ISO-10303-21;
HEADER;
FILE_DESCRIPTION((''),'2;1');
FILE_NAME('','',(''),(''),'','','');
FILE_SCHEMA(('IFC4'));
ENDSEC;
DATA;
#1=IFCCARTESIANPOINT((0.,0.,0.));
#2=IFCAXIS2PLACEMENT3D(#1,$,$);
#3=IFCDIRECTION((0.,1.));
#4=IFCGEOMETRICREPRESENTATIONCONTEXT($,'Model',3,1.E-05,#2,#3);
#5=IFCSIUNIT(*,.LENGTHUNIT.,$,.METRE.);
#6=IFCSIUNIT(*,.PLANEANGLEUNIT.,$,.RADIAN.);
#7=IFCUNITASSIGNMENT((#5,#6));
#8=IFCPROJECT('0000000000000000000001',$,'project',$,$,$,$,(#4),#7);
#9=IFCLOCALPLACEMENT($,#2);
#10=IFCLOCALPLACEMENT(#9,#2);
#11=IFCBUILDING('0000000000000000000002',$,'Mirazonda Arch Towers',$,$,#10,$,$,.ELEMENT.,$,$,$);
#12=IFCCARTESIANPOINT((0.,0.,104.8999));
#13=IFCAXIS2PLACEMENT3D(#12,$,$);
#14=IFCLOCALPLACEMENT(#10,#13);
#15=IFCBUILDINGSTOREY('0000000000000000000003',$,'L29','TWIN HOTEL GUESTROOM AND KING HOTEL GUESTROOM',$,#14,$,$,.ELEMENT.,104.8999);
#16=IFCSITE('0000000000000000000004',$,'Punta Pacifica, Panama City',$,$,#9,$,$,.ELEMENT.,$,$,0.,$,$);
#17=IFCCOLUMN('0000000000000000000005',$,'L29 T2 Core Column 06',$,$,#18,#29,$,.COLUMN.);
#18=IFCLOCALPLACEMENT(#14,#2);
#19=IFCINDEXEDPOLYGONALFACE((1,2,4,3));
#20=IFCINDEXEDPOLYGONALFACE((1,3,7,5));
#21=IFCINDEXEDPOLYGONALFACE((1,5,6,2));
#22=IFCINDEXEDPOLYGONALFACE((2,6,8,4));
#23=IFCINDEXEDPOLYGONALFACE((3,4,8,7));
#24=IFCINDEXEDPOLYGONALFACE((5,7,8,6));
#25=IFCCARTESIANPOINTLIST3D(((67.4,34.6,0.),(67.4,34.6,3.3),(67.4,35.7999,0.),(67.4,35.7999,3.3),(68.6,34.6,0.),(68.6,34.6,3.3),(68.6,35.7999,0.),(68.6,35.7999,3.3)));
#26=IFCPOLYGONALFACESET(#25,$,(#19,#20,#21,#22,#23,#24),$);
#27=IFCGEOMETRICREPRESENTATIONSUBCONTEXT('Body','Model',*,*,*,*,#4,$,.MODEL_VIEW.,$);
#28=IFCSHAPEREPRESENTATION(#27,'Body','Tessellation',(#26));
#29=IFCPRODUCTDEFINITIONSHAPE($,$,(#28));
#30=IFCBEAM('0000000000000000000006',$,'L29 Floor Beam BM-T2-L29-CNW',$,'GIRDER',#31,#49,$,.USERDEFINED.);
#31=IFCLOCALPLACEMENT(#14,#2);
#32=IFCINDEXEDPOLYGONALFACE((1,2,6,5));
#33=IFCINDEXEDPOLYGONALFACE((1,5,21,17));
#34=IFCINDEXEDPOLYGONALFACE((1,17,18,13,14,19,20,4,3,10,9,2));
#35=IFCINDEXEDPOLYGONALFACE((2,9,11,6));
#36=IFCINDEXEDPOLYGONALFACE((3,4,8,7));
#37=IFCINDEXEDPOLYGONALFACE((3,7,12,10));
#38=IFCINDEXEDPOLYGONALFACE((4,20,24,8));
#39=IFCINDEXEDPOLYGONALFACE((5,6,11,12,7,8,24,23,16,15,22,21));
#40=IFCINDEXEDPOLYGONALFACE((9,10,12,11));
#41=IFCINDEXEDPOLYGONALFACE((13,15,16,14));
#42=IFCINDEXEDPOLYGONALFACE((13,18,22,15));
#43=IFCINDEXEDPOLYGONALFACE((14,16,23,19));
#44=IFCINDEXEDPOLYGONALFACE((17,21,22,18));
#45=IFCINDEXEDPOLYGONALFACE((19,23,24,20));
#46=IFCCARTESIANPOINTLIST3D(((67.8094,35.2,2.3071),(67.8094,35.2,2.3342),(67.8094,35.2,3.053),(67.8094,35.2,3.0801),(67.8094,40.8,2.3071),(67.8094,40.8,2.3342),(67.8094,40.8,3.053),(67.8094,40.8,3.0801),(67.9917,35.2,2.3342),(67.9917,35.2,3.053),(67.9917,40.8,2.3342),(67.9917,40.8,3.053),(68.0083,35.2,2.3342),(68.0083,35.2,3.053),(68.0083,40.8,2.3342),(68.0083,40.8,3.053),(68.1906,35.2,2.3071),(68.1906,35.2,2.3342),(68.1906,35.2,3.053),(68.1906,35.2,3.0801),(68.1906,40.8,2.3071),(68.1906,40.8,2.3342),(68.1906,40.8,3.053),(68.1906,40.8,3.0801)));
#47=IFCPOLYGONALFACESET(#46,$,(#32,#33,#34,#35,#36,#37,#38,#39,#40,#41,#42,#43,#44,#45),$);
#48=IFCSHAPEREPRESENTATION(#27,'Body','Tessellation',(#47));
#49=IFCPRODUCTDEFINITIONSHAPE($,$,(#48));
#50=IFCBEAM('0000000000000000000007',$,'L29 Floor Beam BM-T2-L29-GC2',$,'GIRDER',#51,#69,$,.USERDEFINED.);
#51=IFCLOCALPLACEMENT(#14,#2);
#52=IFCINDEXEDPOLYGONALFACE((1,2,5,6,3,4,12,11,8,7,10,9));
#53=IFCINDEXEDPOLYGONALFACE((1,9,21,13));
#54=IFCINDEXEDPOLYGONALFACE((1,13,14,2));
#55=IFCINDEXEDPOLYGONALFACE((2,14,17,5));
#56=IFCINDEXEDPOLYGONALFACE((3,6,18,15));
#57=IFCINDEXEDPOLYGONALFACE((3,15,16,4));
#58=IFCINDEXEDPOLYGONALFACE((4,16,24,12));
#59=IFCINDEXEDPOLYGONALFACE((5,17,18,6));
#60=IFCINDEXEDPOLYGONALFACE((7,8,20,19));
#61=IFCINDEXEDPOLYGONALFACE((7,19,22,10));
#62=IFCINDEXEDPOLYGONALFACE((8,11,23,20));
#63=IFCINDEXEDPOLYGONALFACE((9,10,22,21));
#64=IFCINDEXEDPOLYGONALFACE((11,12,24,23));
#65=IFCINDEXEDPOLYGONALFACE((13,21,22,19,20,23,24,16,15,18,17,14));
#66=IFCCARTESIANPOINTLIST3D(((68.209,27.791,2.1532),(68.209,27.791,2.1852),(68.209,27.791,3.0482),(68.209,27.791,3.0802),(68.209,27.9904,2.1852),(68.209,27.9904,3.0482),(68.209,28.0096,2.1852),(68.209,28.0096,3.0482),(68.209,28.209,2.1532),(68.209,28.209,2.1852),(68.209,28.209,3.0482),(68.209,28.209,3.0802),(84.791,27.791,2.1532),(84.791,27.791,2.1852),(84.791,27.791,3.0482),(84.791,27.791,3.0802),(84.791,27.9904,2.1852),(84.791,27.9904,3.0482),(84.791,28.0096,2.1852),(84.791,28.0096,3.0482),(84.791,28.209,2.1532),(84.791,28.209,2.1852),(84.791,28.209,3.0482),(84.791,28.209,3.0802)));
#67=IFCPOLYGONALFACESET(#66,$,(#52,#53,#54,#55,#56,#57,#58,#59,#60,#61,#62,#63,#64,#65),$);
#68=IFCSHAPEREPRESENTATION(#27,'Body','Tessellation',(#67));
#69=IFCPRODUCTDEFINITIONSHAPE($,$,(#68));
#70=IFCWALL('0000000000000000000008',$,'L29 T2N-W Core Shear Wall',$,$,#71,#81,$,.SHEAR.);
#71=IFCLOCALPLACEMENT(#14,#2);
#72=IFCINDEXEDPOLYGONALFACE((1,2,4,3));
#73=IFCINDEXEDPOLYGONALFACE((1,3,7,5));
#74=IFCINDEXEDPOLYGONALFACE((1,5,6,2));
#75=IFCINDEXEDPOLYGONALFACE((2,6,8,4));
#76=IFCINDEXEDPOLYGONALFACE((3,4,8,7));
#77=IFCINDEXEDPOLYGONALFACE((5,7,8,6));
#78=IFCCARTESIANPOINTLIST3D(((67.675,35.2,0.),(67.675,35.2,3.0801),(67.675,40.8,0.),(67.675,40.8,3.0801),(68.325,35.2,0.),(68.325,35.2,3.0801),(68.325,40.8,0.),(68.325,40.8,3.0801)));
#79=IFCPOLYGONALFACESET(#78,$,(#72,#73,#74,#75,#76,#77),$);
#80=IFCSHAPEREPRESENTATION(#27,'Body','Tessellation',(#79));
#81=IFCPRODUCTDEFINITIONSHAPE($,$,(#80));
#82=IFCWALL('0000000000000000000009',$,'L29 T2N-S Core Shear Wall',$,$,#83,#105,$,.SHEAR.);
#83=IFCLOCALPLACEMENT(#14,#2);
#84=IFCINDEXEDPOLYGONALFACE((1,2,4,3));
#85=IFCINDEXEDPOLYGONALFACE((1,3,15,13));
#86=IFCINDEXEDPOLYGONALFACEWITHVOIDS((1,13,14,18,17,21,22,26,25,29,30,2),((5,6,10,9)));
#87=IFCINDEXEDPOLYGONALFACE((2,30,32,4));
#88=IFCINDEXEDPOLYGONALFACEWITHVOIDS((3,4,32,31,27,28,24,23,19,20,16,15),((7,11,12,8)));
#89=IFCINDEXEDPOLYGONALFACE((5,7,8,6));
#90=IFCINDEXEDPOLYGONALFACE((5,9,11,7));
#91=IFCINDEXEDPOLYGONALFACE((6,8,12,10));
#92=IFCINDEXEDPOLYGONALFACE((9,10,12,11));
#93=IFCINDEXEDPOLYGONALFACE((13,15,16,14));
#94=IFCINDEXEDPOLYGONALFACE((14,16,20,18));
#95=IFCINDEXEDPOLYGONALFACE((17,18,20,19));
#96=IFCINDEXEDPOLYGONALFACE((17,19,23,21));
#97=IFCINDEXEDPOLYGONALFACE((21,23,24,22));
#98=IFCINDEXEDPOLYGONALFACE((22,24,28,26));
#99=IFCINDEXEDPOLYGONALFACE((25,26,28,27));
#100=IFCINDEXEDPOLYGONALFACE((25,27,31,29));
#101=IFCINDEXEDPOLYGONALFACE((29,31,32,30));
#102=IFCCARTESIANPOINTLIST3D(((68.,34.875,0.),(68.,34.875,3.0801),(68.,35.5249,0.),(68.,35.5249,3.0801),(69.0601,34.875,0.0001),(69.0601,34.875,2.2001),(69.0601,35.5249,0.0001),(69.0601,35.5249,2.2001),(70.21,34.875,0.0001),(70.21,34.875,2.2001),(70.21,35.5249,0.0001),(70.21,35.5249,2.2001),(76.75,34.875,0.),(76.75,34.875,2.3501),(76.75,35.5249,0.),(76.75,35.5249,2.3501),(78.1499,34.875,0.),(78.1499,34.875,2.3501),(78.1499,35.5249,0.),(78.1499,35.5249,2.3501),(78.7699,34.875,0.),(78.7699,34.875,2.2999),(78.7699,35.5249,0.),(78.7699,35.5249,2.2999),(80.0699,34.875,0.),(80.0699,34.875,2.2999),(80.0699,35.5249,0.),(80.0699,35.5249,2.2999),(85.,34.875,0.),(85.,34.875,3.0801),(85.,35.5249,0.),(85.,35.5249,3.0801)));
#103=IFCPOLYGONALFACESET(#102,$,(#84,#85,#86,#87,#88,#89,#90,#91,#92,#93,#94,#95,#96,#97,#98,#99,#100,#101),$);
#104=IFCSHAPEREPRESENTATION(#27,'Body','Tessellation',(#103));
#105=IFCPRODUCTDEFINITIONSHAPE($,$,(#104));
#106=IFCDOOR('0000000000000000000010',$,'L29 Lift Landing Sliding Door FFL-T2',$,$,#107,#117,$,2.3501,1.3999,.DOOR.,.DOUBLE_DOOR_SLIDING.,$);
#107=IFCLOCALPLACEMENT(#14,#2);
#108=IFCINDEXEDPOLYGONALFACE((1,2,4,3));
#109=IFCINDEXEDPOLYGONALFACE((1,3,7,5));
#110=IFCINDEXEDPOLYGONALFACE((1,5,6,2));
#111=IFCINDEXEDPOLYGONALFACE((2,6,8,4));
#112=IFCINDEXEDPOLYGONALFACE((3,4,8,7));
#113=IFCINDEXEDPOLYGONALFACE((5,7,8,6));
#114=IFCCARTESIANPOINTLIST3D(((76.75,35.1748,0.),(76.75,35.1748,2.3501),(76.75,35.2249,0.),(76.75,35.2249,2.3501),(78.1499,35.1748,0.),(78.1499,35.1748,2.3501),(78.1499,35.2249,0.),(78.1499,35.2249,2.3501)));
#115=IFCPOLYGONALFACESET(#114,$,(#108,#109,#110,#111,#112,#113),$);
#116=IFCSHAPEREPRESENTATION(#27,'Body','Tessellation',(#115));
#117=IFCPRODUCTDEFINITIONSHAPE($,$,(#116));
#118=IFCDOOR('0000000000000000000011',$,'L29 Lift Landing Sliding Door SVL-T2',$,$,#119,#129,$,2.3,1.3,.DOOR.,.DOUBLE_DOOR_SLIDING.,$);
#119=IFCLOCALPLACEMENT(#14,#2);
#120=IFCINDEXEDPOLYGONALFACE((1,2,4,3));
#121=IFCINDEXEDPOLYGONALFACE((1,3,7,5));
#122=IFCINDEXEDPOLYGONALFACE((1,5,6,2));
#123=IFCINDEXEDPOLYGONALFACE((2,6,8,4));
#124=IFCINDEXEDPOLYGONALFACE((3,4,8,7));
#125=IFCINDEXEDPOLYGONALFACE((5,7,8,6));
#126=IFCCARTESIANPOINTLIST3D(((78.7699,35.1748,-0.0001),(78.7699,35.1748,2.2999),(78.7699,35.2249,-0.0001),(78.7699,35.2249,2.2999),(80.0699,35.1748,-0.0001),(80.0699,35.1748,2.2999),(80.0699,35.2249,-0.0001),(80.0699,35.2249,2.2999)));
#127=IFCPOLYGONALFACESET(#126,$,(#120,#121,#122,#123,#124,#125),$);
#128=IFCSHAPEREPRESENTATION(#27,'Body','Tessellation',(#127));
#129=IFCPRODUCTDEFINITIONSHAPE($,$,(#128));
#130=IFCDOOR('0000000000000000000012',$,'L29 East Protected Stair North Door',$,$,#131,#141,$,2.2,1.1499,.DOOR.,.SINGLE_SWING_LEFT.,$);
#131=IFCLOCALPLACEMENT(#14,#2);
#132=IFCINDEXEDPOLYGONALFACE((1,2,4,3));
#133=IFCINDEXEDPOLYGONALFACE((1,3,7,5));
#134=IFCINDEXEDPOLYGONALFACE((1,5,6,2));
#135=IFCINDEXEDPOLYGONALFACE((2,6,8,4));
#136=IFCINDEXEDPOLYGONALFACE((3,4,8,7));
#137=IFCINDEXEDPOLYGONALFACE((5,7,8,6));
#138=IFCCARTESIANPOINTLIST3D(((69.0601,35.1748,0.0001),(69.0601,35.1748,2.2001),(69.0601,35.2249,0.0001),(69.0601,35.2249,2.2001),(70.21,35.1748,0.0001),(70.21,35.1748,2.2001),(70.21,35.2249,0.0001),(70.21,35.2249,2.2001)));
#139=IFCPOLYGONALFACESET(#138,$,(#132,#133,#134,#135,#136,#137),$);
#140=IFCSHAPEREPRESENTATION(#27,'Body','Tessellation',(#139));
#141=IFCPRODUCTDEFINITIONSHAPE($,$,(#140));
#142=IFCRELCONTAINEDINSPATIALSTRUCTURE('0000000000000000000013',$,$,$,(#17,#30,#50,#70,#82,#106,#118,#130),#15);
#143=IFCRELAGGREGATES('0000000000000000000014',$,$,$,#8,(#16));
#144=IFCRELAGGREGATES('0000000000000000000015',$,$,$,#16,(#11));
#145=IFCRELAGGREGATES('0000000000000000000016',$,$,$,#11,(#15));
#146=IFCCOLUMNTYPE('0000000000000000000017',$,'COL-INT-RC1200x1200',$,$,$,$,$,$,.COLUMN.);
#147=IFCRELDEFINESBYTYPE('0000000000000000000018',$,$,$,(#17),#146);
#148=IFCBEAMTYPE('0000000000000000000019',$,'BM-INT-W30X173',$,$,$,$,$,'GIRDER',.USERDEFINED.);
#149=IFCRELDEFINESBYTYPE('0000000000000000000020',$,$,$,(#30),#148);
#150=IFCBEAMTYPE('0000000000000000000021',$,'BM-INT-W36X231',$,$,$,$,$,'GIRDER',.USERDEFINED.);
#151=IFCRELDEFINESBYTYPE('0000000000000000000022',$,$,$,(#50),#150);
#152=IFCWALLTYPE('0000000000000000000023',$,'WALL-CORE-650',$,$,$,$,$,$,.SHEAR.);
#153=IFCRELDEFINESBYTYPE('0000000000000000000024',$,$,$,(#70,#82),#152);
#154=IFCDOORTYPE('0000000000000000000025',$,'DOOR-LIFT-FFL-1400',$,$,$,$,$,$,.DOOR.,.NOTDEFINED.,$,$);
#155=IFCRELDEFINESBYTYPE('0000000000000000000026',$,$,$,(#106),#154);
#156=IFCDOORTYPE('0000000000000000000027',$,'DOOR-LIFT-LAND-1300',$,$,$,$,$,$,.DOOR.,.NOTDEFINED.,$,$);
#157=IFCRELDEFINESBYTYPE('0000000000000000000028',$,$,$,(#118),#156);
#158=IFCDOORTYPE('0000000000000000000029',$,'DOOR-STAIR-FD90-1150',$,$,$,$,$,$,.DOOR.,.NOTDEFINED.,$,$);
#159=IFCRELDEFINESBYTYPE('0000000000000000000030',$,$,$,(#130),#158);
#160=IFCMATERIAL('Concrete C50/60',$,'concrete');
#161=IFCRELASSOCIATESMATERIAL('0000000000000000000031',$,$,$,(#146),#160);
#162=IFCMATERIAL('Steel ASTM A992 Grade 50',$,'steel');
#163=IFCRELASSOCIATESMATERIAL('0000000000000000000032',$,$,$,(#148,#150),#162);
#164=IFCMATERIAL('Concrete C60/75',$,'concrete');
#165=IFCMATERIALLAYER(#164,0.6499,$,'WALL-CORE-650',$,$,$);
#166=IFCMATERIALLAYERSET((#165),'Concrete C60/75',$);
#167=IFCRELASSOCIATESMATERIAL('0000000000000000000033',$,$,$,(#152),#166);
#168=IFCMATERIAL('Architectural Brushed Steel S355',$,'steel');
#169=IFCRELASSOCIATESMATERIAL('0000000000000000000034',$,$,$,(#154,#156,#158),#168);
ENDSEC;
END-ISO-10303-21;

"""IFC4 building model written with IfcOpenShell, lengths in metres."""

from ifc_helpers import new_model, si_unit, direction, frame, frame_2d, origin, origin_2d, place, context, subcontext, project, spatial, rectangle, i_section, extrude, material, layer, layer_set, material_profile, profile_set, type_object, element, fill, save


model = new_model("IFC4")

# Units and contexts
model_context = context("Model", 3, precision=1e-05, world=origin(), true_north=direction((0.0, 1.0)))
body_context = subcontext(model_context, "Body", "Model", "MODEL_VIEW")
ifc_project = project(units=[si_unit("LENGTHUNIT", "METRE"), si_unit("PLANEANGLEUNIT", "RADIAN")], contexts=[model_context])

# Site, building, storey
site_placement = place(None, origin())
site = spatial("IfcSite", under=ifc_project, at=site_placement, Name="Punta Pacifica, Panama City", CompositionType="ELEMENT", RefElevation=0.0)
building_placement = place(site_placement, origin())
building = spatial("IfcBuilding", under=site, at=building_placement, Name="Mirazonda Arch Towers", CompositionType="ELEMENT")
storey_placement = place(building_placement, frame((0.0, 0.0, 104.8999)))
storey = spatial("IfcBuildingStorey", under=building, at=storey_placement, Name="L29", Description="TWIN HOTEL GUESTROOM AND KING HOTEL GUESTROOM", CompositionType="ELEMENT", Elevation=104.8999)

# Column
ifc_material_1 = material(Name="Concrete C50/60", Category="concrete")
ifc_material_profile_1 = material_profile(ifc_material_1, rectangle(XDim=1.2, YDim=1.2, at=origin_2d()), Name="RC1200x1200")
ifc_profile_set_1 = profile_set([ifc_material_profile_1], Name="Concrete C50/60")
column_type = type_object("IfcColumnType", Name="COL-INT-RC1200x1200", PredefinedType="COLUMN", material=ifc_profile_set_1)
column_placement = place(storey_placement, frame((68.0, 35.2, 0.0), z_axis=(0.0, 0.0, 1.0), x_axis=(1.0, 0.0, 0.0)))
element("IfcColumn", 1, at=column_placement, inside=storey, type_object=column_type, Name="L29 T2 Core Column 06", PredefinedType="COLUMN", context=body_context, shape_type="SweptSolid", body=[
    extrude(rectangle(XDim=1.2, YDim=1.2, at=origin_2d()), origin(), (0.0, 0.0, 1.0), 3.3),
])

# Beams
ifc_material_2 = material(Name="Steel ASTM A992 Grade 50", Category="steel")
ifc_material_profile_2 = material_profile(ifc_material_2, i_section(OverallWidth=0.3811, OverallDepth=0.7729, WebThickness=0.0166, FlangeThickness=0.0271, at=origin_2d()), Name="W30X173")
ifc_profile_set_2 = profile_set([ifc_material_profile_2], Name="Steel ASTM A992 Grade 50")
beam_type_1 = type_object("IfcBeamType", Name="BM-INT-W30X173", ElementType="GIRDER", PredefinedType="USERDEFINED", material=ifc_profile_set_2)
beam_1_placement = place(storey_placement, frame((68.0, 35.2, 2.6936), z_axis=(0.0, 1.0, 0.0), x_axis=(-1.0, 0.0, 0.0)))
element("IfcBeam", 2, at=beam_1_placement, inside=storey, type_object=beam_type_1, Name="L29 Floor Beam BM-T2-L29-CNW", ObjectType="GIRDER", PredefinedType="USERDEFINED", context=body_context, shape_type="SweptSolid", body=[
    extrude(i_section(OverallWidth=0.3811, OverallDepth=0.7729, WebThickness=0.0166, FlangeThickness=0.0271, at=origin_2d()), origin(), (0.0, 0.0, 1.0), 5.6001),
])
ifc_material_profile_3 = material_profile(ifc_material_2, i_section(OverallWidth=0.418, OverallDepth=0.927, WebThickness=0.0193, FlangeThickness=0.032, at=origin_2d()), Name="W36X231")
ifc_profile_set_3 = profile_set([ifc_material_profile_3], Name="Steel ASTM A992 Grade 50")
beam_type_2 = type_object("IfcBeamType", Name="BM-INT-W36X231", ElementType="GIRDER", PredefinedType="USERDEFINED", material=ifc_profile_set_3)
beam_2_placement = place(storey_placement, frame((68.209, 28.0, 2.6167), z_axis=(1.0, 0.0, 0.0), x_axis=(0.0, 1.0, 0.0)))
element("IfcBeam", 3, at=beam_2_placement, inside=storey, type_object=beam_type_2, Name="L29 Floor Beam BM-T2-L29-GC2", ObjectType="GIRDER", PredefinedType="USERDEFINED", context=body_context, shape_type="SweptSolid", body=[
    extrude(i_section(OverallWidth=0.418, OverallDepth=0.927, WebThickness=0.0193, FlangeThickness=0.032, at=origin_2d()), origin(), (0.0, 0.0, 1.0), 16.582),
])

# Wall
ifc_material_3 = material(Name="Concrete C60/75", Category="concrete")
ifc_layer_1 = layer(ifc_material_3, 0.6499, Name="WALL-CORE-650")
ifc_layer_set_1 = layer_set([ifc_layer_1], Name="Concrete C60/75")
wall_type_1 = type_object("IfcWallType", Name="WALL-CORE-650", PredefinedType="SHEAR", material=ifc_layer_set_1)
wall_1_placement = place(storey_placement, frame((68.0, 35.2, 0.0), z_axis=(0.0, 0.0, 1.0), x_axis=(0.0, 1.0, 0.0)))
element("IfcWall", 4, at=wall_1_placement, inside=storey, type_object=wall_type_1, Name="L29 T2N-W Core Shear Wall", PredefinedType="SHEAR", context=body_context, shape_type="SweptSolid", body=[
    extrude(rectangle(XDim=5.6001, YDim=0.6499, at=frame_2d((2.8, 0.0))), origin(), (0.0, 0.0, 1.0), 3.0801),
])

# Wall, openings, doors
wall_2_placement = place(storey_placement, frame((68.0, 35.2, 0.0), z_axis=(0.0, 0.0, 1.0), x_axis=(1.0, 0.0, 0.0)))
wall_2 = element("IfcWall", 5, at=wall_2_placement, inside=storey, type_object=wall_type_1, Name="L29 T2N-S Core Shear Wall", PredefinedType="SHEAR", context=body_context, shape_type="SweptSolid", body=[
    extrude(rectangle(XDim=17.0, YDim=0.6499, at=frame_2d((8.5, 0.0))), origin(), (0.0, 0.0, 1.0), 3.0801),
])
opening_1_placement = place(wall_2_placement, frame((1.0601, 0.0, 0.0)))
opening_1 = element("IfcOpeningElement", 6, at=opening_1_placement, cuts=wall_2, PredefinedType="OPENING", context=body_context, shape_type="SweptSolid", body=[
    extrude(rectangle(XDim=1.1499, YDim=2.2, at=frame_2d((0.575, 1.1001))), frame((0.0, 0.335, 0.0), z_axis=(0.0, -1.0, 0.0), x_axis=(1.0, 0.0, 0.0)), (0.0, 0.0, 1.0), 0.6699),
])
opening_2_placement = place(wall_2_placement, frame((8.75, 0.0, 0.0)))
opening_2 = element("IfcOpeningElement", 7, at=opening_2_placement, cuts=wall_2, PredefinedType="OPENING", context=body_context, shape_type="SweptSolid", body=[
    extrude(rectangle(XDim=1.3999, YDim=2.3501, at=frame_2d((0.7, 1.175))), frame((0.0, 0.335, 0.0), z_axis=(0.0, -1.0, 0.0), x_axis=(1.0, 0.0, 0.0)), (0.0, 0.0, 1.0), 0.6699),
])
opening_3_placement = place(wall_2_placement, frame((10.77, 0.0, 0.0)))
opening_3 = element("IfcOpeningElement", 8, at=opening_3_placement, cuts=wall_2, PredefinedType="OPENING", context=body_context, shape_type="SweptSolid", body=[
    extrude(rectangle(XDim=1.3, YDim=2.3, at=frame_2d((0.6499, 1.1499))), frame((0.0, 0.335, 0.0), z_axis=(0.0, -1.0, 0.0), x_axis=(1.0, 0.0, 0.0)), (0.0, 0.0, 1.0), 0.6699),
])
ifc_material_4 = material(Name="Architectural Brushed Steel S355", Category="steel")
door_type_1 = type_object("IfcDoorType", Name="DOOR-LIFT-FFL-1400", OperationType="NOTDEFINED", PredefinedType="DOOR", material=ifc_material_4)
door_1_placement = place(opening_2_placement, origin())
door_1 = element("IfcDoor", 9, at=door_1_placement, inside=storey, type_object=door_type_1, Name="L29 Lift Landing Sliding Door FFL-T2", OperationType="DOUBLE_DOOR_SLIDING", OverallHeight=2.3501, OverallWidth=1.3999, PredefinedType="DOOR", context=body_context, shape_type="SweptSolid", body=[
    extrude(rectangle(XDim=1.3999, YDim=2.3501, at=frame_2d((0.7, 1.175))), frame((0.0, 0.0249, 0.0), z_axis=(0.0, -1.0, 0.0), x_axis=(1.0, 0.0, 0.0)), (0.0, 0.0, 1.0), 0.05),
])
fill(opening_2, door_1)
door_type_2 = type_object("IfcDoorType", Name="DOOR-LIFT-LAND-1300", OperationType="NOTDEFINED", PredefinedType="DOOR", material=ifc_material_4)
door_2_placement = place(opening_3_placement, origin())
door_2 = element("IfcDoor", 10, at=door_2_placement, inside=storey, type_object=door_type_2, Name="L29 Lift Landing Sliding Door SVL-T2", OperationType="DOUBLE_DOOR_SLIDING", OverallHeight=2.3, OverallWidth=1.3, PredefinedType="DOOR", context=body_context, shape_type="SweptSolid", body=[
    extrude(rectangle(XDim=1.3, YDim=2.3, at=frame_2d((0.6499, 1.1499))), frame((0.0, 0.0249, 0.0), z_axis=(0.0, -1.0, 0.0), x_axis=(1.0, 0.0, 0.0)), (0.0, 0.0, 1.0), 0.05),
])
fill(opening_3, door_2)
door_type_3 = type_object("IfcDoorType", Name="DOOR-STAIR-FD90-1150", OperationType="NOTDEFINED", PredefinedType="DOOR", material=ifc_material_4)
door_3_placement = place(opening_1_placement, origin())
door_3 = element("IfcDoor", 11, at=door_3_placement, inside=storey, type_object=door_type_3, Name="L29 East Protected Stair North Door", OperationType="SINGLE_SWING_LEFT", OverallHeight=2.2, OverallWidth=1.1499, PredefinedType="DOOR", context=body_context, shape_type="SweptSolid", body=[
    extrude(rectangle(XDim=1.1499, YDim=2.2, at=frame_2d((0.575, 1.1001))), frame((0.0, 0.0249, 0.0), z_axis=(0.0, -1.0, 0.0), x_axis=(1.0, 0.0, 0.0)), (0.0, 0.0, 1.0), 0.05),
])
fill(opening_1, door_3)

save(model, "model.ifc")
